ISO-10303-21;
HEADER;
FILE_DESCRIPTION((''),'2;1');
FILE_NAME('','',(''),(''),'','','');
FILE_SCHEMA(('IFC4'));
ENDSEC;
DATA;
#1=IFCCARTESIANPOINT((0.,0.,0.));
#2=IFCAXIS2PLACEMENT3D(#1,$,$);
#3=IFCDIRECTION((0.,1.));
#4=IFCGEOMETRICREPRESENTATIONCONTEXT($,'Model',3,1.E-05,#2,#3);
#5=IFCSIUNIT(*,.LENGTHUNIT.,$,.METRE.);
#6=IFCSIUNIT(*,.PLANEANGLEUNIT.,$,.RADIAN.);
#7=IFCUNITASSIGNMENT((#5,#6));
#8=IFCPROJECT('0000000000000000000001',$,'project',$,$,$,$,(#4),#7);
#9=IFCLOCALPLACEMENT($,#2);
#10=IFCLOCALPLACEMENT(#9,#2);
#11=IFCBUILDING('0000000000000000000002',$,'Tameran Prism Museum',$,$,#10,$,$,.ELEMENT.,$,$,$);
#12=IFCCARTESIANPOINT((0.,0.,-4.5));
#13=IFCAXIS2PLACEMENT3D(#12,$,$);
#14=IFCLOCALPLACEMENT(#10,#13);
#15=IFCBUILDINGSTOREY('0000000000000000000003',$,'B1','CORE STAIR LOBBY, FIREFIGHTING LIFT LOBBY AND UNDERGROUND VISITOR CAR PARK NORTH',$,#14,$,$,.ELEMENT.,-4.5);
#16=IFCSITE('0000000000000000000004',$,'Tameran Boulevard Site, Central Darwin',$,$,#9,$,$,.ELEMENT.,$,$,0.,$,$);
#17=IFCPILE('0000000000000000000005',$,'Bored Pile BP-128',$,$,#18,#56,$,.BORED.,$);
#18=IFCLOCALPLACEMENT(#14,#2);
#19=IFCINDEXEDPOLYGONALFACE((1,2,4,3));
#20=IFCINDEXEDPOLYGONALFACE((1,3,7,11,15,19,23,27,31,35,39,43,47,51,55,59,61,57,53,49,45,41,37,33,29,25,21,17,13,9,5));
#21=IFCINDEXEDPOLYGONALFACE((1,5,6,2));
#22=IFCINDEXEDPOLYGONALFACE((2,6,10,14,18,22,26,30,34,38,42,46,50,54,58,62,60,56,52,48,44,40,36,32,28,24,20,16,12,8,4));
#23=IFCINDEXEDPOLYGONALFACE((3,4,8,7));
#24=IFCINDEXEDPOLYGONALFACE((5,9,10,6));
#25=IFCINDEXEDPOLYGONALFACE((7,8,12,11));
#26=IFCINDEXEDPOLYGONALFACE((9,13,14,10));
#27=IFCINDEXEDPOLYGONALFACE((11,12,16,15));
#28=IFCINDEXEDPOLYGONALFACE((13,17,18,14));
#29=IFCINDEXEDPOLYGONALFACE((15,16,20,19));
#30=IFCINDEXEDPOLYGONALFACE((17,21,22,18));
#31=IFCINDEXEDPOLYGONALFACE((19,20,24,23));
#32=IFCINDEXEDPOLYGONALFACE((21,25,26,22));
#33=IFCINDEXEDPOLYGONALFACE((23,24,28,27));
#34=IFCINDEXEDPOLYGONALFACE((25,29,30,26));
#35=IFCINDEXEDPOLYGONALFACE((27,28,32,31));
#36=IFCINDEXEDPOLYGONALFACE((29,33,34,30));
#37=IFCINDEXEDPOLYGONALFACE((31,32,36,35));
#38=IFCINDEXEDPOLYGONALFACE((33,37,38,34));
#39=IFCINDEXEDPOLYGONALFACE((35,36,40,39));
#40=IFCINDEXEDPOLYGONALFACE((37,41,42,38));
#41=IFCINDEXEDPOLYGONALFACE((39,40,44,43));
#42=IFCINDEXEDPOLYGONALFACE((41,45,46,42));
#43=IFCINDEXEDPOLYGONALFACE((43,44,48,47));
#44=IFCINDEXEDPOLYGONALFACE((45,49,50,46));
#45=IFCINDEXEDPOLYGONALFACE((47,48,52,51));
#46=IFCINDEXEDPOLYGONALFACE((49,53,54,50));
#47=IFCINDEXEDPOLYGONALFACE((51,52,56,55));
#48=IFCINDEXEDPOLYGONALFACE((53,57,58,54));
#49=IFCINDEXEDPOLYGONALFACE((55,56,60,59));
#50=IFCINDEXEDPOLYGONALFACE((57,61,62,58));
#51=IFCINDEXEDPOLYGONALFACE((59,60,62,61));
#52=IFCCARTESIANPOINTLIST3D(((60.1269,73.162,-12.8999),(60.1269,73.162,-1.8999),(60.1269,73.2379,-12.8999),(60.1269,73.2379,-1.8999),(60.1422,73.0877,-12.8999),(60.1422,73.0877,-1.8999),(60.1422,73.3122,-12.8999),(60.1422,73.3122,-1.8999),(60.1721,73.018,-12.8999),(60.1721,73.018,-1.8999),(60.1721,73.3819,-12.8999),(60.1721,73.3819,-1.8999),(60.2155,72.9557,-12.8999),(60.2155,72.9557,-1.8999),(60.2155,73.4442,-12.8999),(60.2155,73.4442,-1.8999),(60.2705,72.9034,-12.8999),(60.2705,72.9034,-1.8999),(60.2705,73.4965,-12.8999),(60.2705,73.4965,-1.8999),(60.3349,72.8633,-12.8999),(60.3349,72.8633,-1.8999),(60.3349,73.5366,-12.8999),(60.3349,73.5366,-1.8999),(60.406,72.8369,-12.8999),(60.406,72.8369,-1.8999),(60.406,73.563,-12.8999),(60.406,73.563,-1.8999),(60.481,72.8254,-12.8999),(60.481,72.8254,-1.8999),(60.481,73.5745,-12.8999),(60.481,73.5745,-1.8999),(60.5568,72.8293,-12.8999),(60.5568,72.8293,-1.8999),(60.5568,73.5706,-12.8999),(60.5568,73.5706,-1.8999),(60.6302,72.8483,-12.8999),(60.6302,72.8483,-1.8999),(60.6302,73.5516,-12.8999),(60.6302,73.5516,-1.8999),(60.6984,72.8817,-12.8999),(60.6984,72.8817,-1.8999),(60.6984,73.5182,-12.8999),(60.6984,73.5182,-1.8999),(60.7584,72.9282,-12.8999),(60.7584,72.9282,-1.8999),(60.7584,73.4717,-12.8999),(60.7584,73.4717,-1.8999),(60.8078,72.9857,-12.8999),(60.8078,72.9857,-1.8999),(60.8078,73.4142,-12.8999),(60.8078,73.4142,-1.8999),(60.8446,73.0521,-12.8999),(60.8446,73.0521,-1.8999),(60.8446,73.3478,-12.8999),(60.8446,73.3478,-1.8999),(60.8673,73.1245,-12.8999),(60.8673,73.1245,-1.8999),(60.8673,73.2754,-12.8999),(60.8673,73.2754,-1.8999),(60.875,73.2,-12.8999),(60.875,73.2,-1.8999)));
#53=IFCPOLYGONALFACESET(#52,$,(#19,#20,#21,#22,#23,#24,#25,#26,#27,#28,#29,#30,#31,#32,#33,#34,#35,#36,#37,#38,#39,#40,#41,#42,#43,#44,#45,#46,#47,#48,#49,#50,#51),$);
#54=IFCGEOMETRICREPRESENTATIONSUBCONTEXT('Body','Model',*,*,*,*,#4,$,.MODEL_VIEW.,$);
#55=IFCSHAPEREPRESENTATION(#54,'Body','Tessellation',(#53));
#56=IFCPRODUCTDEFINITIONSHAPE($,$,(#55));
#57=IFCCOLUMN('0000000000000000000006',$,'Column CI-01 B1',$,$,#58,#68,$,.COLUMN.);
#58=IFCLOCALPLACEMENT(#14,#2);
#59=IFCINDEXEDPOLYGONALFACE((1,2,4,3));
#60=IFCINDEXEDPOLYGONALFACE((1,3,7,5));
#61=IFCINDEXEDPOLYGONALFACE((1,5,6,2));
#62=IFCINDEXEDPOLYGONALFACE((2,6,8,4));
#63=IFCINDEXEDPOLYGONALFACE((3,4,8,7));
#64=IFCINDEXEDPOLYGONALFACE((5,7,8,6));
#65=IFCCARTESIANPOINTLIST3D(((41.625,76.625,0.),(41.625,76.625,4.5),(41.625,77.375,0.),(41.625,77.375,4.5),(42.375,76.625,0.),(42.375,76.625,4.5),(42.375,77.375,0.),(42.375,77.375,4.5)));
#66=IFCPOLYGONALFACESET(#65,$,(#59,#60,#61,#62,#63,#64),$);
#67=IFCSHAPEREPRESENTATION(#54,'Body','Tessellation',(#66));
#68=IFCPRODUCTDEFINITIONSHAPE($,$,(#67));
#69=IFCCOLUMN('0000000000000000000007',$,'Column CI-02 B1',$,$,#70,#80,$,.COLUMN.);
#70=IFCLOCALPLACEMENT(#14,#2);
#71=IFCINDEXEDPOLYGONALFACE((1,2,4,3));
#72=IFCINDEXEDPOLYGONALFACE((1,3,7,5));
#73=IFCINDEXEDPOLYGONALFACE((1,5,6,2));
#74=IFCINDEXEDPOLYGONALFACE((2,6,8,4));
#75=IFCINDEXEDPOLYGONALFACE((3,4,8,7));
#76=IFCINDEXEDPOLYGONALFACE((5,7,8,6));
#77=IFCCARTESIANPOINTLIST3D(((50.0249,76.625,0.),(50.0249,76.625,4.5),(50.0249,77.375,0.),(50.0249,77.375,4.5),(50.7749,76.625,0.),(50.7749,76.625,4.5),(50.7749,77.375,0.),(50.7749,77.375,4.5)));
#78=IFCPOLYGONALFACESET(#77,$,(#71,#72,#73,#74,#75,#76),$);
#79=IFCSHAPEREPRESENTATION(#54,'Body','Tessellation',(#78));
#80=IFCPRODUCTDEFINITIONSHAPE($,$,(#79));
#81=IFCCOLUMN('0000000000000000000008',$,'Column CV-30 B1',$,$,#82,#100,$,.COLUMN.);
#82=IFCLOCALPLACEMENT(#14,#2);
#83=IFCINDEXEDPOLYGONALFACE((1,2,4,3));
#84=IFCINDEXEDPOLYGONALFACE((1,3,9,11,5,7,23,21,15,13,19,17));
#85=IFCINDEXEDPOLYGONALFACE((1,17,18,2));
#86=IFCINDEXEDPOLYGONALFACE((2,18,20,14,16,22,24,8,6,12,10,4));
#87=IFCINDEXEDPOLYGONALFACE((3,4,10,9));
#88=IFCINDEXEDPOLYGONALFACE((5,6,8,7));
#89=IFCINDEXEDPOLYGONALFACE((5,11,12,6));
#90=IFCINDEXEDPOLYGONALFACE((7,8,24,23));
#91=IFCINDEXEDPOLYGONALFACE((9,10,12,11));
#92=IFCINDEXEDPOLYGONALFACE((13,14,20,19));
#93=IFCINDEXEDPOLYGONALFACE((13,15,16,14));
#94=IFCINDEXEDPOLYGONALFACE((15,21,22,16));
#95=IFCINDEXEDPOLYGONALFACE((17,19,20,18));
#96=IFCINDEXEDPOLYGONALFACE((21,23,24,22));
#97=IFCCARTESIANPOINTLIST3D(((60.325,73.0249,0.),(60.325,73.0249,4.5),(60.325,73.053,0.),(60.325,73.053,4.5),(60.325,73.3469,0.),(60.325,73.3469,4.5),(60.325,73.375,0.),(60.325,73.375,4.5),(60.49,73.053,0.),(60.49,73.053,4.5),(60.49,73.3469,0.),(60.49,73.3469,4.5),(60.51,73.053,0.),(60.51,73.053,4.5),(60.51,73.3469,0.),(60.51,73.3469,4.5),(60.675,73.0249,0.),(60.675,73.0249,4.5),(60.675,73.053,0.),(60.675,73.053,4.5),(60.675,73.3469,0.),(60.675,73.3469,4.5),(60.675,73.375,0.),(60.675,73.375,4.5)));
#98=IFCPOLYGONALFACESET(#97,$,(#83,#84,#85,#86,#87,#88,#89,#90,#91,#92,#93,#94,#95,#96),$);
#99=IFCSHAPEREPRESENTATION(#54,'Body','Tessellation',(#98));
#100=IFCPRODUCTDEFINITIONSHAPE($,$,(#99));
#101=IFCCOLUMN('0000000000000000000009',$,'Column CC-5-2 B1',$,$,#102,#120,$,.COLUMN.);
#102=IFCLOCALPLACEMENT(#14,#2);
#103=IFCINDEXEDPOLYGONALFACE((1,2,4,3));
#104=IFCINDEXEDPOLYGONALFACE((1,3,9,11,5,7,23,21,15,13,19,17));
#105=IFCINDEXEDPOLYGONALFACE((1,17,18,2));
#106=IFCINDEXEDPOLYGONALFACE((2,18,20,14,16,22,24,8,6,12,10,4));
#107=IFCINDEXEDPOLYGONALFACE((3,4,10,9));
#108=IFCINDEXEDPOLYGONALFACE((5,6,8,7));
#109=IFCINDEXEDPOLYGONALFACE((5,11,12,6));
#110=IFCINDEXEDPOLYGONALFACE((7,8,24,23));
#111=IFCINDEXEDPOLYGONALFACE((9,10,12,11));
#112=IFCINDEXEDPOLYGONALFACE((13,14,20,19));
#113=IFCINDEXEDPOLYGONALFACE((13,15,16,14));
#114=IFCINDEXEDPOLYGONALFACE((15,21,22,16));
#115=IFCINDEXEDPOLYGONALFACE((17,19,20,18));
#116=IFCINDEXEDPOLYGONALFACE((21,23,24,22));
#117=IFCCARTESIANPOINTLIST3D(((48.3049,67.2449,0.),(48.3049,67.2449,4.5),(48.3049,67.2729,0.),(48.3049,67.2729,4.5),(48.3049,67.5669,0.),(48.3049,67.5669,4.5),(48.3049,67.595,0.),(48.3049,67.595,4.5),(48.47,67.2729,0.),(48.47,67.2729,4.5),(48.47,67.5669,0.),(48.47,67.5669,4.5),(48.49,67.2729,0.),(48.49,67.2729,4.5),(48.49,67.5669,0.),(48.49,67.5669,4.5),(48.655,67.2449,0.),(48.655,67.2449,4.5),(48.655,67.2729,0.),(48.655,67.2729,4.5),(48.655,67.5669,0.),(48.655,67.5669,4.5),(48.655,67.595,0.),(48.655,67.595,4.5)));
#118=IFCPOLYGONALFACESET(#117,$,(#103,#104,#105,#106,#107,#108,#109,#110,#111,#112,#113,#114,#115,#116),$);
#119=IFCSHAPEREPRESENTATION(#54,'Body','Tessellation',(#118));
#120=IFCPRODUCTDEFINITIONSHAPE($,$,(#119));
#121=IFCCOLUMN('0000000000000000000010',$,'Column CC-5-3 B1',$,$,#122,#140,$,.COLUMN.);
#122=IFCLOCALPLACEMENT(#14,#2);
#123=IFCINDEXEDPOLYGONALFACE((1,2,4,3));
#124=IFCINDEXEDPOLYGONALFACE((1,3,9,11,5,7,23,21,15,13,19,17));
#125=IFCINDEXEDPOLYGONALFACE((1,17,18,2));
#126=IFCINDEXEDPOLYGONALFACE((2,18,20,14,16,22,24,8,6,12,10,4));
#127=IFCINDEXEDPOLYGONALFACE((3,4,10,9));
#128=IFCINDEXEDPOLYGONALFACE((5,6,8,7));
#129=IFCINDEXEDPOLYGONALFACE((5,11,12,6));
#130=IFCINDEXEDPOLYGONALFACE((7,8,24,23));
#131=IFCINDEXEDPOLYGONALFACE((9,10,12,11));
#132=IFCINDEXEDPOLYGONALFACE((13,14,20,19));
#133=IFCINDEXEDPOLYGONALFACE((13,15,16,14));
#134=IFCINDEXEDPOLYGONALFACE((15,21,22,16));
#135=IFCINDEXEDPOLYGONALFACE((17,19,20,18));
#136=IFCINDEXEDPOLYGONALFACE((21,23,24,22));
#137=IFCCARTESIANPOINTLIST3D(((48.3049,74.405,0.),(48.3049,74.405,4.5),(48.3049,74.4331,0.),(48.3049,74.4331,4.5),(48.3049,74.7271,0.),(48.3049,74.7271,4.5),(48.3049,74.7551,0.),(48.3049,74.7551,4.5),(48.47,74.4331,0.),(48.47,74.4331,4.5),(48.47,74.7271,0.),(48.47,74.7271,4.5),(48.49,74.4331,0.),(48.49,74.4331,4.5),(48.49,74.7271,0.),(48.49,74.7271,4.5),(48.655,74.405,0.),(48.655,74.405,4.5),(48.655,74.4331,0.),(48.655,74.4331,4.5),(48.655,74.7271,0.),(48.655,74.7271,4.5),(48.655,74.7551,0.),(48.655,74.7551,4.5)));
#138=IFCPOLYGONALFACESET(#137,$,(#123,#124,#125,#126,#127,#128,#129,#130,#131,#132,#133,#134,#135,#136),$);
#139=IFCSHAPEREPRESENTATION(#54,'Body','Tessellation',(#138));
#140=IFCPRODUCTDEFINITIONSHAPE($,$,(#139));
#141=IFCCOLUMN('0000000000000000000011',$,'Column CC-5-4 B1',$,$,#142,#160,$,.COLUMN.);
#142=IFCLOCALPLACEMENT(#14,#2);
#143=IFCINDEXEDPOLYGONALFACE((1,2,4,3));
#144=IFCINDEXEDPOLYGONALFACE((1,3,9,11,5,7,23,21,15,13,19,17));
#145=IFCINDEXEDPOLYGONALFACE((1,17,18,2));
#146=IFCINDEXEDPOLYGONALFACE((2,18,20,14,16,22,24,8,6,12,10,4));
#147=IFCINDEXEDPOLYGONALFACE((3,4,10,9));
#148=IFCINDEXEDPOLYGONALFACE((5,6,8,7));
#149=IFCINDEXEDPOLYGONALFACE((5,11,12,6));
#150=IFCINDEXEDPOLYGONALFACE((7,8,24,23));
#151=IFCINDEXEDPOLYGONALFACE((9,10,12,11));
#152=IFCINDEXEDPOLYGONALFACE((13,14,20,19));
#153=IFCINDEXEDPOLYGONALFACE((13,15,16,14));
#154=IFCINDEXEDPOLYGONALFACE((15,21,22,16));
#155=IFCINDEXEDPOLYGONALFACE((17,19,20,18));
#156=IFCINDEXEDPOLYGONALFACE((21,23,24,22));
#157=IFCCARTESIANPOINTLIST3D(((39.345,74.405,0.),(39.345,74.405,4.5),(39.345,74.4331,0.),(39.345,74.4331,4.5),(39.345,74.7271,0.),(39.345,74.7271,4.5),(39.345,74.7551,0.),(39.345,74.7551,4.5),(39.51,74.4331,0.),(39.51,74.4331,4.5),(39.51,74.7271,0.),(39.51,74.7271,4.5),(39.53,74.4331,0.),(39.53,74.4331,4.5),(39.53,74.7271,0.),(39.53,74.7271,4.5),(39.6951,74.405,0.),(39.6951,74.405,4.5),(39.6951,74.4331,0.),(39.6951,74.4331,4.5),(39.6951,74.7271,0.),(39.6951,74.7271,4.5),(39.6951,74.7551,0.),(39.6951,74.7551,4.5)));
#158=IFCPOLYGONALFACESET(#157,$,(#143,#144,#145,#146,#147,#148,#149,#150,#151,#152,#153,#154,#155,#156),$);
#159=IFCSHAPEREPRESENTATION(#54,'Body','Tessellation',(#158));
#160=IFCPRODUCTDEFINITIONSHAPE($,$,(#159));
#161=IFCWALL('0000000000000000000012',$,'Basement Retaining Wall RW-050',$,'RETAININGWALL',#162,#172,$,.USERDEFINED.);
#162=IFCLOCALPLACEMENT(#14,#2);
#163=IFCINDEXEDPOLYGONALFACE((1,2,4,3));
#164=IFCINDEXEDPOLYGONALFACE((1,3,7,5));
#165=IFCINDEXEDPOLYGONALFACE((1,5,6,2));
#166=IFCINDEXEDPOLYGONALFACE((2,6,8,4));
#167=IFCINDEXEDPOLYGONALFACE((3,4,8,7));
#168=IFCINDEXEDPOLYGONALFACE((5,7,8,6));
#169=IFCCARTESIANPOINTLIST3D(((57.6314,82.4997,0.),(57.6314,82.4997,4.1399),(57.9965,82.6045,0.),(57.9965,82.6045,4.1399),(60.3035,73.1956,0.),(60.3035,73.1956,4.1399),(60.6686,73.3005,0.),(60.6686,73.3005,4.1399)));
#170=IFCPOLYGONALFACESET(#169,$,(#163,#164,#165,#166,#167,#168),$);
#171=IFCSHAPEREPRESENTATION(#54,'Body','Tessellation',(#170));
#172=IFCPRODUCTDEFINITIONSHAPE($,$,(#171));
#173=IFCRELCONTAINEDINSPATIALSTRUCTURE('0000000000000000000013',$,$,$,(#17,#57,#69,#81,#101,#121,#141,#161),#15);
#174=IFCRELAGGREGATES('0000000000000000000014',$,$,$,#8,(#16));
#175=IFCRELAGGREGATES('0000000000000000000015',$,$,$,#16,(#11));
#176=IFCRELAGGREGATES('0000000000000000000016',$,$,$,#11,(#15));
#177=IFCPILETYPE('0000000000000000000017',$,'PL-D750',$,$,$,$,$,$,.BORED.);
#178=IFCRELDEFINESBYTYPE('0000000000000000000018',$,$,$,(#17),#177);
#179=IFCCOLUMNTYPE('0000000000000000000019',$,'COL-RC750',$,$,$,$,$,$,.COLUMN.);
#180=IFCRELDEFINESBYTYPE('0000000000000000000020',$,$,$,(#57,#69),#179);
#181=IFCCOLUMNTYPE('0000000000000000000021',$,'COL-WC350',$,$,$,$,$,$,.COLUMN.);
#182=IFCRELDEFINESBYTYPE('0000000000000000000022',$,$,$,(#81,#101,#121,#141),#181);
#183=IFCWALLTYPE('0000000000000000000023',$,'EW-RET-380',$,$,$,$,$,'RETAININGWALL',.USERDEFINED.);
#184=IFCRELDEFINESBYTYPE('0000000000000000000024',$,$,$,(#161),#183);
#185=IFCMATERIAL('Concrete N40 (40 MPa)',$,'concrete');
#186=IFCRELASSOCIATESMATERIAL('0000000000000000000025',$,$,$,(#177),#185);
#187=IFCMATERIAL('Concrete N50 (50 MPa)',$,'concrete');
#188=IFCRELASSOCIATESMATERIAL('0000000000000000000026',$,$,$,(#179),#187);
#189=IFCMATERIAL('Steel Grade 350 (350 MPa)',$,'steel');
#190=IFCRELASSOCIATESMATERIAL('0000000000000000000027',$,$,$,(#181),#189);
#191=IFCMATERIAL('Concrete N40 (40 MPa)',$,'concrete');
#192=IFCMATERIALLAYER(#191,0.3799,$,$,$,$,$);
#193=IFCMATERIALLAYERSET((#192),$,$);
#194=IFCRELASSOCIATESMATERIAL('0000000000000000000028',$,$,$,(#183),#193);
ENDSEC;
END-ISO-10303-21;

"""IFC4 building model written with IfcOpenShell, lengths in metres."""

from ifc_helpers import new_model, si_unit, direction, frame, frame_2d, origin, origin_2d, place, context, subcontext, project, spatial, rectangle, circle, i_section, extrude, material, layer, layer_set, material_profile, profile_set, type_object, element, save


model = new_model("IFC4")

# Units and contexts
model_context = context("Model", 3, precision=1e-05, world=origin(), true_north=direction((0.0, 1.0)))
body_context = subcontext(model_context, "Body", "Model", "MODEL_VIEW")
ifc_project = project(units=[si_unit("LENGTHUNIT", "METRE"), si_unit("PLANEANGLEUNIT", "RADIAN")], contexts=[model_context])

# Site, building, storey
site_placement = place(None, origin())
site = spatial("IfcSite", under=ifc_project, at=site_placement, Name="Tameran Boulevard Site, Central Darwin", CompositionType="ELEMENT", RefElevation=0.0)
building_placement = place(site_placement, origin())
building = spatial("IfcBuilding", under=site, at=building_placement, Name="Tameran Prism Museum", CompositionType="ELEMENT")
storey_placement = place(building_placement, frame((0.0, 0.0, -4.5)))
storey = spatial("IfcBuildingStorey", under=building, at=storey_placement, Name="B1", Description="CORE STAIR LOBBY, FIREFIGHTING LIFT LOBBY AND UNDERGROUND VISITOR CAR PARK NORTH", CompositionType="ELEMENT", Elevation=-4.5)

# Pile
ifc_material_1 = material(Name="Concrete N40 (40 MPa)", Category="concrete")
ifc_material_profile_1 = material_profile(ifc_material_1, circle(Radius=0.375, at=origin_2d()))
ifc_profile_set_1 = profile_set([ifc_material_profile_1])
pile_type_1 = type_object("IfcPileType", Name="PL-D750", PredefinedType="BORED", material=ifc_profile_set_1)
pile_placement = place(storey_placement, frame((60.5, 73.2, -1.8999), z_axis=(0.0, 0.0, -1.0), x_axis=(1.0, 0.0, 0.0)))
element("IfcPile", 1, at=pile_placement, inside=storey, type_object=pile_type_1, Name="Bored Pile BP-128", PredefinedType="BORED", context=body_context, shape_type="SweptSolid", body=[
    extrude(circle(Radius=0.375, at=origin_2d()), origin(), (0.0, 0.0, 1.0), 11.0),
])

# Columns
ifc_material_2 = material(Name="Concrete N50 (50 MPa)", Category="concrete")
ifc_material_profile_2 = material_profile(ifc_material_2, rectangle(XDim=0.75, YDim=0.75, at=origin_2d()))
ifc_profile_set_2 = profile_set([ifc_material_profile_2])
column_type_1 = type_object("IfcColumnType", Name="COL-RC750", PredefinedType="COLUMN", material=ifc_profile_set_2)
for number, where, z_axis, x_axis, name in (
    (2, (42.0, 77.0, 0.0), (0.0, 0.0, 1.0), (1.0, 0.0, 0.0), "Column CI-01 B1"),
    (3, (50.3999, 77.0, 0.0), (0.0, 0.0, 1.0), (1.0, 0.0, 0.0), "Column CI-02 B1"),
):
    element("IfcColumn", number, at=place(storey_placement, frame(where, z_axis=z_axis, x_axis=x_axis)), inside=storey, type_object=column_type_1, Name=name, PredefinedType="COLUMN", context=body_context, shape_type="SweptSolid", body=[
        extrude(rectangle(XDim=0.75, YDim=0.75, at=origin_2d()), origin(), (0.0, 0.0, 1.0), 4.5),
    ])
ifc_material_3 = material(Name="Steel Grade 350 (350 MPa)", Category="steel")
ifc_material_profile_3 = material_profile(ifc_material_3, i_section(OverallWidth=0.3501, OverallDepth=0.3501, WebThickness=0.02, FlangeThickness=0.0281, at=origin_2d()))
ifc_profile_set_3 = profile_set([ifc_material_profile_3])
column_type_2 = type_object("IfcColumnType", Name="COL-WC350", PredefinedType="COLUMN", material=ifc_profile_set_3)
for number, where, z_axis, x_axis, name in (
    (4, (60.5, 73.2, 0.0), (0.0, 0.0, 1.0), (1.0, 0.0, 0.0), "Column CV-30 B1"),
    (5, (48.48, 67.4199, 0.0), (0.0, 0.0, 1.0), (1.0, 0.0, 0.0), "Column CC-5-2 B1"),
    (6, (48.48, 74.5801, 0.0), (0.0, 0.0, 1.0), (1.0, 0.0, 0.0), "Column CC-5-3 B1"),
    (7, (39.52, 74.5801, 0.0), (0.0, 0.0, 1.0), (1.0, 0.0, 0.0), "Column CC-5-4 B1"),
):
    element("IfcColumn", number, at=place(storey_placement, frame(where, z_axis=z_axis, x_axis=x_axis)), inside=storey, type_object=column_type_2, Name=name, PredefinedType="COLUMN", context=body_context, shape_type="SweptSolid", body=[
        extrude(i_section(OverallWidth=0.3501, OverallDepth=0.3501, WebThickness=0.02, FlangeThickness=0.0281, at=origin_2d()), origin(), (0.0, 0.0, 1.0), 4.5),
    ])

# Wall
ifc_material_4 = material(Name="Concrete N40 (40 MPa)", Category="concrete")
ifc_layer_1 = layer(ifc_material_4, 0.3799)
ifc_layer_set_1 = layer_set([ifc_layer_1])
wall_type_1 = type_object("IfcWallType", Name="EW-RET-380", ElementType="RETAININGWALL", PredefinedType="USERDEFINED", material=ifc_layer_set_1)
wall_1_placement = place(storey_placement, frame((60.4861, 73.248, 0.0), z_axis=(0.0, 0.0, 1.0), x_axis=(-0.276043, 0.961145, 0.0)))
element("IfcWall", 8, at=wall_1_placement, inside=storey, type_object=wall_type_1, Name="Basement Retaining Wall RW-050", ObjectType="RETAININGWALL", PredefinedType="USERDEFINED", context=body_context, shape_type="SweptSolid", body=[
    extrude(rectangle(XDim=9.6802, YDim=0.3799, at=frame_2d((4.8401, 0.0))), origin(), (0.0, 0.0, 1.0), 4.1399),
])

save(model, "model.ifc")
